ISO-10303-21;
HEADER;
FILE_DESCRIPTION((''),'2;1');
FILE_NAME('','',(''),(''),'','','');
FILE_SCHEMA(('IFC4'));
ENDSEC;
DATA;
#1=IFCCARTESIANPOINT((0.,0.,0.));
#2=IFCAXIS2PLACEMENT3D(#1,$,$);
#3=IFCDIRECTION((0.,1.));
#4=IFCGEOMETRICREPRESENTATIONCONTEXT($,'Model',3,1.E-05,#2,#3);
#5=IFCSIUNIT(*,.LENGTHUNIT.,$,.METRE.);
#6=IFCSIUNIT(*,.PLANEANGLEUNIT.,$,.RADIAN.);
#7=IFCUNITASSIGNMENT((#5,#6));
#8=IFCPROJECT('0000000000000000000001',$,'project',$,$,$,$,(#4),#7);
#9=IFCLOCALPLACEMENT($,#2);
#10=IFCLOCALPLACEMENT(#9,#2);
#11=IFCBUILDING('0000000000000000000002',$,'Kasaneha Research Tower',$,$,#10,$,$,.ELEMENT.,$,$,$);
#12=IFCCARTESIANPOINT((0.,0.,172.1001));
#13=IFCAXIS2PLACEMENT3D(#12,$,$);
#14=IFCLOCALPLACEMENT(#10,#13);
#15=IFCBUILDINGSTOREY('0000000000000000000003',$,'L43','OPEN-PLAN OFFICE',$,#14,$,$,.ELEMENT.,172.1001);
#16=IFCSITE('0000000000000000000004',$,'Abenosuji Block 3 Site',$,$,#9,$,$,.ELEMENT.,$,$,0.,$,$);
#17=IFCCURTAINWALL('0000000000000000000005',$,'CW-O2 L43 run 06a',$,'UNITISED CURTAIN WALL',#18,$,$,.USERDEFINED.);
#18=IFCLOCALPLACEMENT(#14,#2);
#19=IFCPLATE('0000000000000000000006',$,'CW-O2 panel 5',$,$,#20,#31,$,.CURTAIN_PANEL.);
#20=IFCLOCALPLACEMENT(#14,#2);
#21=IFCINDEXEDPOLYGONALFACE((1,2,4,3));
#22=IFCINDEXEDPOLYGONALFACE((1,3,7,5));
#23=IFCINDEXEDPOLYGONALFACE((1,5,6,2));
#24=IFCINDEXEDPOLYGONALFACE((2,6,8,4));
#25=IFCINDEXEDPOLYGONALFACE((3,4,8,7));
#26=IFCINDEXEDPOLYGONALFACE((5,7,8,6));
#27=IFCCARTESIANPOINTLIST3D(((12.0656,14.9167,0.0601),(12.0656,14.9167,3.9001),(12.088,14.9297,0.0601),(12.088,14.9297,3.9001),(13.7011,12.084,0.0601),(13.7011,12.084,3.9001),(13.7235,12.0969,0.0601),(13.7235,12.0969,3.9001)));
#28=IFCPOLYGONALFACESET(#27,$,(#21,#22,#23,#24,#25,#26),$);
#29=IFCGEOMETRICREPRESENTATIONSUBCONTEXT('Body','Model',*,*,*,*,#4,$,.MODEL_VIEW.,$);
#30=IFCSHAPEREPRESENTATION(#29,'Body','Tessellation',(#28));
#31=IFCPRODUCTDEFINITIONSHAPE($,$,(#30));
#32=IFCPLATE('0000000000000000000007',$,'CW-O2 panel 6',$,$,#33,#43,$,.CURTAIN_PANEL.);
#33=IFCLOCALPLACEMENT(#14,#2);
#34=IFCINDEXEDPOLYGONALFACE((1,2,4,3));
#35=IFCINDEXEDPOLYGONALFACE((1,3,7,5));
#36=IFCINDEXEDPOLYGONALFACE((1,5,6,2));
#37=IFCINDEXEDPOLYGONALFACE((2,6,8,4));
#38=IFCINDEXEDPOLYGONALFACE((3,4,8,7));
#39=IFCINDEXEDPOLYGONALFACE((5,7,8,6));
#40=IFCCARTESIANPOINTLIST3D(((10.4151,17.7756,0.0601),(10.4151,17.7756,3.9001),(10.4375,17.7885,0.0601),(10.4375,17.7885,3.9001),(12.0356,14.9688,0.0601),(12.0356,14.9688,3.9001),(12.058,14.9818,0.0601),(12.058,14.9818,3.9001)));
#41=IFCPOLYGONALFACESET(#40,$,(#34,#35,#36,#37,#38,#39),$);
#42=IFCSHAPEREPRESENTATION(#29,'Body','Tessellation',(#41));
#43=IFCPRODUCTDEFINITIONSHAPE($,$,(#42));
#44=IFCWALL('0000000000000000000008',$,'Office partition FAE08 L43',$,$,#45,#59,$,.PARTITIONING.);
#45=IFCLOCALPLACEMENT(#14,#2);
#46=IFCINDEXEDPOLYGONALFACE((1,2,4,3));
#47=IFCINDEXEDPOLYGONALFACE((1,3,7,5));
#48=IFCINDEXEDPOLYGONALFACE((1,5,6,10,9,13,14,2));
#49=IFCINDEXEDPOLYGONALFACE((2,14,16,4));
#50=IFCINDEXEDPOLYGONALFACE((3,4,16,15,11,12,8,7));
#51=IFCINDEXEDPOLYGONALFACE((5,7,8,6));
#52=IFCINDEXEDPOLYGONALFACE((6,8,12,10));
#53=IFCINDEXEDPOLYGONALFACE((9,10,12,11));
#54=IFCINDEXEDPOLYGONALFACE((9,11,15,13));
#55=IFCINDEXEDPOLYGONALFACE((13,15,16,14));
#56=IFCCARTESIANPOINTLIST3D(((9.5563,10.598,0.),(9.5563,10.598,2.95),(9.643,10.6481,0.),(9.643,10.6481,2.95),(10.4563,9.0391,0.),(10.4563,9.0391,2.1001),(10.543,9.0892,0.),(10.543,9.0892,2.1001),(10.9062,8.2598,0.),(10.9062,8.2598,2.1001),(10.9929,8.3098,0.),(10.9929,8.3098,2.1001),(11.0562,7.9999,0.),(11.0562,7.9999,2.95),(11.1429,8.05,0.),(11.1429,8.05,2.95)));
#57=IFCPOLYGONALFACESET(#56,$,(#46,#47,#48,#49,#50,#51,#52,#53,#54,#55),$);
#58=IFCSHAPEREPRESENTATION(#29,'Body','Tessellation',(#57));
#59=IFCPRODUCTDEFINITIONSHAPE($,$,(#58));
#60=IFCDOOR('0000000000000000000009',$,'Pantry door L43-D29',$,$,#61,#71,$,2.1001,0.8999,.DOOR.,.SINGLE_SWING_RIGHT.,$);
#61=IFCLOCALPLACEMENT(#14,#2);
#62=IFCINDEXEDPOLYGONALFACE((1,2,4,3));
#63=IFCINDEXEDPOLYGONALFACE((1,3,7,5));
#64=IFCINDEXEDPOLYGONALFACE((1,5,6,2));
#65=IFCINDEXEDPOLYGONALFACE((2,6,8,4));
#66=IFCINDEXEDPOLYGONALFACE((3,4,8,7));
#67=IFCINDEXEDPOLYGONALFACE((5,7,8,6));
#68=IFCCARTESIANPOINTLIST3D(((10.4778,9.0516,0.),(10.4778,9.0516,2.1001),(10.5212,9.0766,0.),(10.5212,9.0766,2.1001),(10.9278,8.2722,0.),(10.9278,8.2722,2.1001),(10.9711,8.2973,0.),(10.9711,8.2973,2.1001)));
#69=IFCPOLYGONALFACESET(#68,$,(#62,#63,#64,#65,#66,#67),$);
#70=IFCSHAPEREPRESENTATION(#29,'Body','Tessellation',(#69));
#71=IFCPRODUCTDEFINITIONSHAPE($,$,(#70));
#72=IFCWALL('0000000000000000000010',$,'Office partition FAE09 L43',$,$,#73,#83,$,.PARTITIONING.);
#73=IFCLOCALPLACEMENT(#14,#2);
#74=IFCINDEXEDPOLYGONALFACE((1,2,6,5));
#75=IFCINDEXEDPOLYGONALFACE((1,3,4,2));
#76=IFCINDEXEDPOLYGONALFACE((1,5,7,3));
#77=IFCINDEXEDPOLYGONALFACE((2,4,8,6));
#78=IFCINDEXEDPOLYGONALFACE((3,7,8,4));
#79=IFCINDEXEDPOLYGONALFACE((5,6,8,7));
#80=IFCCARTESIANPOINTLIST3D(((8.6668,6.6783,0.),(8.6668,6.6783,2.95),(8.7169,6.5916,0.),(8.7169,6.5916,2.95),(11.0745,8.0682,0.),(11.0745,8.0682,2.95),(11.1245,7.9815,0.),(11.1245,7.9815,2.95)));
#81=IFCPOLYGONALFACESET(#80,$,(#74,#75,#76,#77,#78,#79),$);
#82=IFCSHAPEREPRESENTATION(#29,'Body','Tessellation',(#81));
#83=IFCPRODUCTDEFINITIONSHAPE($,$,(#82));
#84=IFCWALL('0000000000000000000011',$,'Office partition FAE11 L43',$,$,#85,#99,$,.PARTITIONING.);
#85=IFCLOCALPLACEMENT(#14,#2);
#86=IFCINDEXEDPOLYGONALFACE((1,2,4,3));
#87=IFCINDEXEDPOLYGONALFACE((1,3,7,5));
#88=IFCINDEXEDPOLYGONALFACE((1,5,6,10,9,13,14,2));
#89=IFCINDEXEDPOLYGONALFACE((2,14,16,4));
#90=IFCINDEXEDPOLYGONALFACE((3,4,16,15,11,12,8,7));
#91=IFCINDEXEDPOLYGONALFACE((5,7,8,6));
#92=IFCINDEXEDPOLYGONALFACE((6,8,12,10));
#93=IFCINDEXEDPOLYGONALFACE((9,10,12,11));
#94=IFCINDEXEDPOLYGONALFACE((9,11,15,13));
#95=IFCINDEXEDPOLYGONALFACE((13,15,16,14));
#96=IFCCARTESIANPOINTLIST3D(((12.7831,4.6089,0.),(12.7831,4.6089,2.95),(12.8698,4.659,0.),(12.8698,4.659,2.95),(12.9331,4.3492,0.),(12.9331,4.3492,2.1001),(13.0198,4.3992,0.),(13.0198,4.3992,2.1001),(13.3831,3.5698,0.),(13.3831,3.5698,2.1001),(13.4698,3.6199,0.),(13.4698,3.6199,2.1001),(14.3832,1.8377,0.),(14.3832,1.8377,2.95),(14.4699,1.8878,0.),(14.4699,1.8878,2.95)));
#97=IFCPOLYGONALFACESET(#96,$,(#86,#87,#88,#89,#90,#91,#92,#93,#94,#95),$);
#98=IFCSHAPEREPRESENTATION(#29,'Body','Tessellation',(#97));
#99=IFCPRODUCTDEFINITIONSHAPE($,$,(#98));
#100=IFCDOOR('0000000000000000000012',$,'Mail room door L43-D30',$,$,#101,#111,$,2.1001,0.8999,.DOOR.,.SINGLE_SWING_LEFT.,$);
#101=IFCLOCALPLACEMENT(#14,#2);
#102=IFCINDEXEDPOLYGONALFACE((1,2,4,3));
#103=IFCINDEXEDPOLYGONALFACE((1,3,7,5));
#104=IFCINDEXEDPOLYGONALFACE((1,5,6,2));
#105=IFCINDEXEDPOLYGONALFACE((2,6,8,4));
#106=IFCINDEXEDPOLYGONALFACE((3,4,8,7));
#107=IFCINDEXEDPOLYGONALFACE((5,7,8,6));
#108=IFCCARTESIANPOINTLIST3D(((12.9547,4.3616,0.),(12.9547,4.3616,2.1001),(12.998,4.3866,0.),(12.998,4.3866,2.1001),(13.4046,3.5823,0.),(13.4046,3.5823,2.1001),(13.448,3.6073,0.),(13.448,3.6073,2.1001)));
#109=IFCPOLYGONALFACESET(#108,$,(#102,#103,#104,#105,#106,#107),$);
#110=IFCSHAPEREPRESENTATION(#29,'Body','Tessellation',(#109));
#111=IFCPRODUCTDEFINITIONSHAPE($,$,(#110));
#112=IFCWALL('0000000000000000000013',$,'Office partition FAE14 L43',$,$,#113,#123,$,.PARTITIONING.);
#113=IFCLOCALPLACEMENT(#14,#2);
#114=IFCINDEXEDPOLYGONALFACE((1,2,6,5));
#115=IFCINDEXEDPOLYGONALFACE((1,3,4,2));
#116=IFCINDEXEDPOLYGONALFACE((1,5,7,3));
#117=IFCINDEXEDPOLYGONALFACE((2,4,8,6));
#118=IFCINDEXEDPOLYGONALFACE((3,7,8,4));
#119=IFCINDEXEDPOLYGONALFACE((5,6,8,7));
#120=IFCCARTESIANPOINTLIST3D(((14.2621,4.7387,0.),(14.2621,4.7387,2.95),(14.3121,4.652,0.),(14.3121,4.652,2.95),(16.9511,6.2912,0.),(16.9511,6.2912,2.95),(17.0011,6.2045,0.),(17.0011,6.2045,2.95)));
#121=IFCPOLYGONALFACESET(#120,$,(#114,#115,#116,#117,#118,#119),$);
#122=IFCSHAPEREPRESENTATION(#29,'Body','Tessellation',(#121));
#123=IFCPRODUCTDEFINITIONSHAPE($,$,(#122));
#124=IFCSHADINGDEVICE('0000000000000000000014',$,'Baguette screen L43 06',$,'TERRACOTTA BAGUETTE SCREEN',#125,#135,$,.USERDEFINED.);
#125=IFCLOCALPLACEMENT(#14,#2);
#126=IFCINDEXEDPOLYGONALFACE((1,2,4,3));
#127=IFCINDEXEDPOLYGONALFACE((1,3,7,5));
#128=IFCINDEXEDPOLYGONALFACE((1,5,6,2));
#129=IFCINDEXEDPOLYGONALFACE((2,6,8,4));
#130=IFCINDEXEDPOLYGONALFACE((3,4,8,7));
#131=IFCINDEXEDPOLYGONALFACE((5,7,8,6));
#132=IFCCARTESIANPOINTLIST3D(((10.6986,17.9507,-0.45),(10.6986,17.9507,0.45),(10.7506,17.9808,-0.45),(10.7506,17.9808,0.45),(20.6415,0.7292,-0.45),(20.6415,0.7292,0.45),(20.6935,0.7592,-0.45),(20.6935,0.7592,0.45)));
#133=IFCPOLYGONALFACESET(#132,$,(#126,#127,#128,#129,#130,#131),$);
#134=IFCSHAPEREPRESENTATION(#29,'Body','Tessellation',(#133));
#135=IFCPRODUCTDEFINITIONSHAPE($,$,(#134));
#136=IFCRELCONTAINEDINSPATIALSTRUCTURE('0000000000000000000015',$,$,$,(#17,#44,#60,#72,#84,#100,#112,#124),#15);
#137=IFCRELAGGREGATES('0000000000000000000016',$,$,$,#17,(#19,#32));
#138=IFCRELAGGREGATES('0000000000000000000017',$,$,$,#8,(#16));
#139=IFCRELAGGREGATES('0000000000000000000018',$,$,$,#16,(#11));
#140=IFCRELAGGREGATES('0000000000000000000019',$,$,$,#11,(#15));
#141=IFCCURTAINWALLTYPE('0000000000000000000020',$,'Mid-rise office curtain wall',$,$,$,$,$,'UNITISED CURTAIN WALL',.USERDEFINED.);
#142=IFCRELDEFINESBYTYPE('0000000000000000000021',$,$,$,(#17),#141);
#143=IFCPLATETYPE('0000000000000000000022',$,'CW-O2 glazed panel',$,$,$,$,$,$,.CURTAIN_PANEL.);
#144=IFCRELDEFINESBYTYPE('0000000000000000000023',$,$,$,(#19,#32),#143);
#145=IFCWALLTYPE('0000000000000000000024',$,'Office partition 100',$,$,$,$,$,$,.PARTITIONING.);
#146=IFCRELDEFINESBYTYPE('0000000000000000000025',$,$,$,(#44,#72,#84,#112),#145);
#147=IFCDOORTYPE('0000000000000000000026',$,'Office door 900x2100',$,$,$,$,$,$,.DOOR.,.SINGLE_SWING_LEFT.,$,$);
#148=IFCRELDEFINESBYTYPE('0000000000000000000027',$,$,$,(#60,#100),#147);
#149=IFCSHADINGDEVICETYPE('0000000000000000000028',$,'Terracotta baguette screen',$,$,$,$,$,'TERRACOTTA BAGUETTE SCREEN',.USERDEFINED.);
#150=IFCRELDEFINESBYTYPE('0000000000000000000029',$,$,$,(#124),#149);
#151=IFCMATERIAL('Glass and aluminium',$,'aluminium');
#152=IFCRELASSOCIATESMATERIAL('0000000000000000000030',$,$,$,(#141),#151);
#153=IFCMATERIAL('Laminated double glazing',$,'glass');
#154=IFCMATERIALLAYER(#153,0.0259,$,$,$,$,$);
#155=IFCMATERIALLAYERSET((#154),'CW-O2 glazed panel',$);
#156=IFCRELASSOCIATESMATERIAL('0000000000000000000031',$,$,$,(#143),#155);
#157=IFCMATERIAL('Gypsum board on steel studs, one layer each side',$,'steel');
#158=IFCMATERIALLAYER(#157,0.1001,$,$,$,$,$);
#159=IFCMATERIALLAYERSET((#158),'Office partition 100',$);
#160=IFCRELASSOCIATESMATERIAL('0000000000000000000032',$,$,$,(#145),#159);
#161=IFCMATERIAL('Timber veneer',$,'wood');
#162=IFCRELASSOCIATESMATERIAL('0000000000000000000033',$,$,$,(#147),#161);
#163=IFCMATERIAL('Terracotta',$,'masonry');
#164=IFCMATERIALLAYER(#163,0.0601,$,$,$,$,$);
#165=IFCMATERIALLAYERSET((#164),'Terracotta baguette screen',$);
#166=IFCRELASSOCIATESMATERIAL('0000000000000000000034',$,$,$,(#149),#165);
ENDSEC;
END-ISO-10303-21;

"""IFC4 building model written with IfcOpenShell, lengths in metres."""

from ifc_helpers import new_model, si_unit, direction, frame, frame_2d, origin, origin_2d, place, context, subcontext, project, spatial, rectangle, extrude, material, layer, layer_set, type_object, element, fill, aggregate, save


model = new_model("IFC4")

# Units and contexts
model_context = context("Model", 3, precision=1e-05, world=origin(), true_north=direction((0.0, 1.0)))
body_context = subcontext(model_context, "Body", "Model", "MODEL_VIEW")
ifc_project = project(units=[si_unit("LENGTHUNIT", "METRE"), si_unit("PLANEANGLEUNIT", "RADIAN")], contexts=[model_context])

# Site, building, storey
site_placement = place(None, origin())
site = spatial("IfcSite", under=ifc_project, at=site_placement, Name="Abenosuji Block 3 Site", CompositionType="ELEMENT", RefElevation=0.0)
building_placement = place(site_placement, origin())
building = spatial("IfcBuilding", under=site, at=building_placement, Name="Kasaneha Research Tower", CompositionType="ELEMENT")
storey_placement = place(building_placement, frame((0.0, 0.0, 172.1001)))
storey = spatial("IfcBuildingStorey", under=building, at=storey_placement, Name="L43", Description="OPEN-PLAN OFFICE", CompositionType="ELEMENT", Elevation=172.1001)

# Curtain wall
ifc_material_1 = material(Name="Glass and aluminium", Category="aluminium")
curtain_wall_type = type_object("IfcCurtainWallType", Name="Mid-rise office curtain wall", ElementType="UNITISED CURTAIN WALL", PredefinedType="USERDEFINED", material=ifc_material_1)
curtain_wall_1_placement = place(storey_placement, origin())
curtain_wall_1 = element("IfcCurtainWall", 1, at=curtain_wall_1_placement, inside=storey, type_object=curtain_wall_type, Name="CW-O2 L43 run 06a", ObjectType="UNITISED CURTAIN WALL", PredefinedType="USERDEFINED")

# Plates
ifc_material_2 = material(Name="Laminated double glazing", Category="glass")
ifc_layer_1 = layer(ifc_material_2, 0.0259)
ifc_layer_set_1 = layer_set([ifc_layer_1], Name="CW-O2 glazed panel")
plate_type = type_object("IfcPlateType", Name="CW-O2 glazed panel", PredefinedType="CURTAIN_PANEL", material=ifc_layer_set_1)
plate_1_placement = place(storey_placement, frame((12.8945, 13.5068, 0.0601), z_axis=(0.0, 0.0, 1.0), x_axis=(-0.5, 0.866025, 0.0)))
plate_1 = element("IfcPlate", 2, at=plate_1_placement, type_object=plate_type, Name="CW-O2 panel 5", PredefinedType="CURTAIN_PANEL", context=body_context, shape_type="SweptSolid", body=[
    extrude(rectangle(XDim=3.271, YDim=0.0259, at=origin_2d()), origin(), (0.0, 0.0, 1.0), 3.8401),
])
plate_2_placement = place(storey_placement, frame((11.2366, 16.3787, 0.0601), z_axis=(0.0, 0.0, 1.0), x_axis=(-0.5, 0.866025, 0.0)))
plate_2 = element("IfcPlate", 3, at=plate_2_placement, type_object=plate_type, Name="CW-O2 panel 6", PredefinedType="CURTAIN_PANEL", context=body_context, shape_type="SweptSolid", body=[
    extrude(rectangle(XDim=3.241, YDim=0.0259, at=origin_2d()), origin(), (0.0, 0.0, 1.0), 3.8401),
])
aggregate(curtain_wall_1, [plate_1, plate_2])

# Wall, opening, door
ifc_material_3 = material(Name="Gypsum board on steel studs, one layer each side", Category="steel")
ifc_layer_2 = layer(ifc_material_3, 0.1001)
ifc_layer_set_2 = layer_set([ifc_layer_2], Name="Office partition 100")
wall_type = type_object("IfcWallType", Name="Office partition 100", PredefinedType="PARTITIONING", material=ifc_layer_set_2)
wall_1_placement = place(storey_placement, frame((9.5996, 10.623, 0.0), z_axis=(0.0, 0.0, 1.0), x_axis=(0.49999, -0.866031, 0.0)))
wall_1 = element("IfcWall", 4, at=wall_1_placement, inside=storey, type_object=wall_type, Name="Office partition FAE08 L43", PredefinedType="PARTITIONING", context=body_context, shape_type="SweptSolid", body=[
    extrude(rectangle(XDim=3.0, YDim=0.1001, at=frame_2d((1.5, 0.0))), origin(), (0.0, 0.0, 1.0), 2.95),
])
opening_1_placement = place(wall_1_placement, frame((1.8, 0.0, 0.0)))
opening_1 = element("IfcOpeningElement", 5, at=opening_1_placement, cuts=wall_1, PredefinedType="OPENING", context=body_context, shape_type="SweptSolid", body=[
    extrude(rectangle(XDim=0.8999, YDim=2.1001, at=frame_2d((0.45, 1.05))), frame((0.0, 0.0601, 0.0), z_axis=(0.0, -1.0, 0.0), x_axis=(1.0, 0.0, 0.0)), (0.0, 0.0, 1.0), 0.1201),
])
ifc_material_4 = material(Name="Timber veneer", Category="wood")
door_type = type_object("IfcDoorType", Name="Office door 900x2100", OperationType="SINGLE_SWING_LEFT", PredefinedType="DOOR", material=ifc_material_4)
door_1_placement = place(opening_1_placement, origin())
door_1 = element("IfcDoor", 6, at=door_1_placement, inside=storey, type_object=door_type, Name="Pantry door L43-D29", OperationType="SINGLE_SWING_RIGHT", OverallHeight=2.1001, OverallWidth=0.8999, PredefinedType="DOOR", context=body_context, shape_type="SweptSolid", body=[
    extrude(rectangle(XDim=0.8999, YDim=2.1001, at=frame_2d((0.45, 1.05))), frame((0.0, 0.0249, 0.0), z_axis=(0.0, -1.0, 0.0), x_axis=(1.0, 0.0, 0.0)), (0.0, 0.0, 1.0), 0.05),
])
fill(opening_1, door_1)

# Wall
wall_2_placement = place(storey_placement, frame((11.0996, 8.0249, 0.0), z_axis=(0.0, 0.0, 1.0), x_axis=(-0.866057, -0.499945, 0.0)))
element("IfcWall", 7, at=wall_2_placement, inside=storey, type_object=wall_type, Name="Office partition FAE09 L43", PredefinedType="PARTITIONING", context=body_context, shape_type="SweptSolid", body=[
    extrude(rectangle(XDim=2.78, YDim=0.1001, at=frame_2d((1.3901, 0.0))), origin(), (0.0, 0.0, 1.0), 2.95),
])

# Wall, opening, door
wall_3_placement = place(storey_placement, frame((12.8264, 4.634, 0.0), z_axis=(0.0, 0.0, 1.0), x_axis=(0.500028, -0.866009, 0.0)))
wall_3 = element("IfcWall", 8, at=wall_3_placement, inside=storey, type_object=wall_type, Name="Office partition FAE11 L43", PredefinedType="PARTITIONING", context=body_context, shape_type="SweptSolid", body=[
    extrude(rectangle(XDim=3.2, YDim=0.1001, at=frame_2d((1.6001, 0.0))), origin(), (0.0, 0.0, 1.0), 2.95),
])
opening_2_placement = place(wall_3_placement, frame((0.3, 0.0, 0.0)))
opening_2 = element("IfcOpeningElement", 9, at=opening_2_placement, cuts=wall_3, PredefinedType="OPENING", context=body_context, shape_type="SweptSolid", body=[
    extrude(rectangle(XDim=0.8999, YDim=2.1001, at=frame_2d((0.45, 1.05))), frame((0.0, 0.0601, 0.0), z_axis=(0.0, -1.0, 0.0), x_axis=(1.0, 0.0, 0.0)), (0.0, 0.0, 1.0), 0.1201),
])
door_2_placement = place(opening_2_placement, origin())
door_2 = element("IfcDoor", 10, at=door_2_placement, inside=storey, type_object=door_type, Name="Mail room door L43-D30", OperationType="SINGLE_SWING_LEFT", OverallHeight=2.1001, OverallWidth=0.8999, PredefinedType="DOOR", context=body_context, shape_type="SweptSolid", body=[
    extrude(rectangle(XDim=0.8999, YDim=2.1001, at=frame_2d((0.45, 1.05))), frame((0.0, 0.0249, 0.0), z_axis=(0.0, -1.0, 0.0), x_axis=(1.0, 0.0, 0.0)), (0.0, 0.0, 1.0), 0.05),
])
fill(opening_2, door_2)

# Wall
wall_4_placement = place(storey_placement, frame((14.2871, 4.6953, 0.0), z_axis=(0.0, 0.0, 1.0), x_axis=(0.866023, 0.500004, 0.0)))
element("IfcWall", 11, at=wall_4_placement, inside=storey, type_object=wall_type, Name="Office partition FAE14 L43", PredefinedType="PARTITIONING", context=body_context, shape_type="SweptSolid", body=[
    extrude(rectangle(XDim=3.105, YDim=0.1001, at=frame_2d((1.5525, 0.0))), origin(), (0.0, 0.0, 1.0), 2.95),
])

# Shading device
ifc_material_5 = material(Name="Terracotta", Category="masonry")
ifc_layer_3 = layer(ifc_material_5, 0.0601)
ifc_layer_set_3 = layer_set([ifc_layer_3], Name="Terracotta baguette screen")
shading_device_type = type_object("IfcShadingDeviceType", Name="Terracotta baguette screen", ElementType="TERRACOTTA BAGUETTE SCREEN", PredefinedType="USERDEFINED", material=ifc_layer_set_3)
shading_device_placement = place(storey_placement, frame((15.696, 9.355, -0.45), z_axis=(0.0, 0.0, 1.0), x_axis=(-0.5, 0.866025, 0.0)))
element("IfcShadingDevice", 12, at=shading_device_placement, inside=storey, type_object=shading_device_type, Name="Baguette screen L43 06", ObjectType="TERRACOTTA BAGUETTE SCREEN", PredefinedType="USERDEFINED", context=body_context, shape_type="SweptSolid", body=[
    extrude(rectangle(XDim=19.8857, YDim=0.0601, at=origin_2d()), origin(), (0.0, 0.0, 1.0), 0.8999),
])

save(model, "model.ifc")
